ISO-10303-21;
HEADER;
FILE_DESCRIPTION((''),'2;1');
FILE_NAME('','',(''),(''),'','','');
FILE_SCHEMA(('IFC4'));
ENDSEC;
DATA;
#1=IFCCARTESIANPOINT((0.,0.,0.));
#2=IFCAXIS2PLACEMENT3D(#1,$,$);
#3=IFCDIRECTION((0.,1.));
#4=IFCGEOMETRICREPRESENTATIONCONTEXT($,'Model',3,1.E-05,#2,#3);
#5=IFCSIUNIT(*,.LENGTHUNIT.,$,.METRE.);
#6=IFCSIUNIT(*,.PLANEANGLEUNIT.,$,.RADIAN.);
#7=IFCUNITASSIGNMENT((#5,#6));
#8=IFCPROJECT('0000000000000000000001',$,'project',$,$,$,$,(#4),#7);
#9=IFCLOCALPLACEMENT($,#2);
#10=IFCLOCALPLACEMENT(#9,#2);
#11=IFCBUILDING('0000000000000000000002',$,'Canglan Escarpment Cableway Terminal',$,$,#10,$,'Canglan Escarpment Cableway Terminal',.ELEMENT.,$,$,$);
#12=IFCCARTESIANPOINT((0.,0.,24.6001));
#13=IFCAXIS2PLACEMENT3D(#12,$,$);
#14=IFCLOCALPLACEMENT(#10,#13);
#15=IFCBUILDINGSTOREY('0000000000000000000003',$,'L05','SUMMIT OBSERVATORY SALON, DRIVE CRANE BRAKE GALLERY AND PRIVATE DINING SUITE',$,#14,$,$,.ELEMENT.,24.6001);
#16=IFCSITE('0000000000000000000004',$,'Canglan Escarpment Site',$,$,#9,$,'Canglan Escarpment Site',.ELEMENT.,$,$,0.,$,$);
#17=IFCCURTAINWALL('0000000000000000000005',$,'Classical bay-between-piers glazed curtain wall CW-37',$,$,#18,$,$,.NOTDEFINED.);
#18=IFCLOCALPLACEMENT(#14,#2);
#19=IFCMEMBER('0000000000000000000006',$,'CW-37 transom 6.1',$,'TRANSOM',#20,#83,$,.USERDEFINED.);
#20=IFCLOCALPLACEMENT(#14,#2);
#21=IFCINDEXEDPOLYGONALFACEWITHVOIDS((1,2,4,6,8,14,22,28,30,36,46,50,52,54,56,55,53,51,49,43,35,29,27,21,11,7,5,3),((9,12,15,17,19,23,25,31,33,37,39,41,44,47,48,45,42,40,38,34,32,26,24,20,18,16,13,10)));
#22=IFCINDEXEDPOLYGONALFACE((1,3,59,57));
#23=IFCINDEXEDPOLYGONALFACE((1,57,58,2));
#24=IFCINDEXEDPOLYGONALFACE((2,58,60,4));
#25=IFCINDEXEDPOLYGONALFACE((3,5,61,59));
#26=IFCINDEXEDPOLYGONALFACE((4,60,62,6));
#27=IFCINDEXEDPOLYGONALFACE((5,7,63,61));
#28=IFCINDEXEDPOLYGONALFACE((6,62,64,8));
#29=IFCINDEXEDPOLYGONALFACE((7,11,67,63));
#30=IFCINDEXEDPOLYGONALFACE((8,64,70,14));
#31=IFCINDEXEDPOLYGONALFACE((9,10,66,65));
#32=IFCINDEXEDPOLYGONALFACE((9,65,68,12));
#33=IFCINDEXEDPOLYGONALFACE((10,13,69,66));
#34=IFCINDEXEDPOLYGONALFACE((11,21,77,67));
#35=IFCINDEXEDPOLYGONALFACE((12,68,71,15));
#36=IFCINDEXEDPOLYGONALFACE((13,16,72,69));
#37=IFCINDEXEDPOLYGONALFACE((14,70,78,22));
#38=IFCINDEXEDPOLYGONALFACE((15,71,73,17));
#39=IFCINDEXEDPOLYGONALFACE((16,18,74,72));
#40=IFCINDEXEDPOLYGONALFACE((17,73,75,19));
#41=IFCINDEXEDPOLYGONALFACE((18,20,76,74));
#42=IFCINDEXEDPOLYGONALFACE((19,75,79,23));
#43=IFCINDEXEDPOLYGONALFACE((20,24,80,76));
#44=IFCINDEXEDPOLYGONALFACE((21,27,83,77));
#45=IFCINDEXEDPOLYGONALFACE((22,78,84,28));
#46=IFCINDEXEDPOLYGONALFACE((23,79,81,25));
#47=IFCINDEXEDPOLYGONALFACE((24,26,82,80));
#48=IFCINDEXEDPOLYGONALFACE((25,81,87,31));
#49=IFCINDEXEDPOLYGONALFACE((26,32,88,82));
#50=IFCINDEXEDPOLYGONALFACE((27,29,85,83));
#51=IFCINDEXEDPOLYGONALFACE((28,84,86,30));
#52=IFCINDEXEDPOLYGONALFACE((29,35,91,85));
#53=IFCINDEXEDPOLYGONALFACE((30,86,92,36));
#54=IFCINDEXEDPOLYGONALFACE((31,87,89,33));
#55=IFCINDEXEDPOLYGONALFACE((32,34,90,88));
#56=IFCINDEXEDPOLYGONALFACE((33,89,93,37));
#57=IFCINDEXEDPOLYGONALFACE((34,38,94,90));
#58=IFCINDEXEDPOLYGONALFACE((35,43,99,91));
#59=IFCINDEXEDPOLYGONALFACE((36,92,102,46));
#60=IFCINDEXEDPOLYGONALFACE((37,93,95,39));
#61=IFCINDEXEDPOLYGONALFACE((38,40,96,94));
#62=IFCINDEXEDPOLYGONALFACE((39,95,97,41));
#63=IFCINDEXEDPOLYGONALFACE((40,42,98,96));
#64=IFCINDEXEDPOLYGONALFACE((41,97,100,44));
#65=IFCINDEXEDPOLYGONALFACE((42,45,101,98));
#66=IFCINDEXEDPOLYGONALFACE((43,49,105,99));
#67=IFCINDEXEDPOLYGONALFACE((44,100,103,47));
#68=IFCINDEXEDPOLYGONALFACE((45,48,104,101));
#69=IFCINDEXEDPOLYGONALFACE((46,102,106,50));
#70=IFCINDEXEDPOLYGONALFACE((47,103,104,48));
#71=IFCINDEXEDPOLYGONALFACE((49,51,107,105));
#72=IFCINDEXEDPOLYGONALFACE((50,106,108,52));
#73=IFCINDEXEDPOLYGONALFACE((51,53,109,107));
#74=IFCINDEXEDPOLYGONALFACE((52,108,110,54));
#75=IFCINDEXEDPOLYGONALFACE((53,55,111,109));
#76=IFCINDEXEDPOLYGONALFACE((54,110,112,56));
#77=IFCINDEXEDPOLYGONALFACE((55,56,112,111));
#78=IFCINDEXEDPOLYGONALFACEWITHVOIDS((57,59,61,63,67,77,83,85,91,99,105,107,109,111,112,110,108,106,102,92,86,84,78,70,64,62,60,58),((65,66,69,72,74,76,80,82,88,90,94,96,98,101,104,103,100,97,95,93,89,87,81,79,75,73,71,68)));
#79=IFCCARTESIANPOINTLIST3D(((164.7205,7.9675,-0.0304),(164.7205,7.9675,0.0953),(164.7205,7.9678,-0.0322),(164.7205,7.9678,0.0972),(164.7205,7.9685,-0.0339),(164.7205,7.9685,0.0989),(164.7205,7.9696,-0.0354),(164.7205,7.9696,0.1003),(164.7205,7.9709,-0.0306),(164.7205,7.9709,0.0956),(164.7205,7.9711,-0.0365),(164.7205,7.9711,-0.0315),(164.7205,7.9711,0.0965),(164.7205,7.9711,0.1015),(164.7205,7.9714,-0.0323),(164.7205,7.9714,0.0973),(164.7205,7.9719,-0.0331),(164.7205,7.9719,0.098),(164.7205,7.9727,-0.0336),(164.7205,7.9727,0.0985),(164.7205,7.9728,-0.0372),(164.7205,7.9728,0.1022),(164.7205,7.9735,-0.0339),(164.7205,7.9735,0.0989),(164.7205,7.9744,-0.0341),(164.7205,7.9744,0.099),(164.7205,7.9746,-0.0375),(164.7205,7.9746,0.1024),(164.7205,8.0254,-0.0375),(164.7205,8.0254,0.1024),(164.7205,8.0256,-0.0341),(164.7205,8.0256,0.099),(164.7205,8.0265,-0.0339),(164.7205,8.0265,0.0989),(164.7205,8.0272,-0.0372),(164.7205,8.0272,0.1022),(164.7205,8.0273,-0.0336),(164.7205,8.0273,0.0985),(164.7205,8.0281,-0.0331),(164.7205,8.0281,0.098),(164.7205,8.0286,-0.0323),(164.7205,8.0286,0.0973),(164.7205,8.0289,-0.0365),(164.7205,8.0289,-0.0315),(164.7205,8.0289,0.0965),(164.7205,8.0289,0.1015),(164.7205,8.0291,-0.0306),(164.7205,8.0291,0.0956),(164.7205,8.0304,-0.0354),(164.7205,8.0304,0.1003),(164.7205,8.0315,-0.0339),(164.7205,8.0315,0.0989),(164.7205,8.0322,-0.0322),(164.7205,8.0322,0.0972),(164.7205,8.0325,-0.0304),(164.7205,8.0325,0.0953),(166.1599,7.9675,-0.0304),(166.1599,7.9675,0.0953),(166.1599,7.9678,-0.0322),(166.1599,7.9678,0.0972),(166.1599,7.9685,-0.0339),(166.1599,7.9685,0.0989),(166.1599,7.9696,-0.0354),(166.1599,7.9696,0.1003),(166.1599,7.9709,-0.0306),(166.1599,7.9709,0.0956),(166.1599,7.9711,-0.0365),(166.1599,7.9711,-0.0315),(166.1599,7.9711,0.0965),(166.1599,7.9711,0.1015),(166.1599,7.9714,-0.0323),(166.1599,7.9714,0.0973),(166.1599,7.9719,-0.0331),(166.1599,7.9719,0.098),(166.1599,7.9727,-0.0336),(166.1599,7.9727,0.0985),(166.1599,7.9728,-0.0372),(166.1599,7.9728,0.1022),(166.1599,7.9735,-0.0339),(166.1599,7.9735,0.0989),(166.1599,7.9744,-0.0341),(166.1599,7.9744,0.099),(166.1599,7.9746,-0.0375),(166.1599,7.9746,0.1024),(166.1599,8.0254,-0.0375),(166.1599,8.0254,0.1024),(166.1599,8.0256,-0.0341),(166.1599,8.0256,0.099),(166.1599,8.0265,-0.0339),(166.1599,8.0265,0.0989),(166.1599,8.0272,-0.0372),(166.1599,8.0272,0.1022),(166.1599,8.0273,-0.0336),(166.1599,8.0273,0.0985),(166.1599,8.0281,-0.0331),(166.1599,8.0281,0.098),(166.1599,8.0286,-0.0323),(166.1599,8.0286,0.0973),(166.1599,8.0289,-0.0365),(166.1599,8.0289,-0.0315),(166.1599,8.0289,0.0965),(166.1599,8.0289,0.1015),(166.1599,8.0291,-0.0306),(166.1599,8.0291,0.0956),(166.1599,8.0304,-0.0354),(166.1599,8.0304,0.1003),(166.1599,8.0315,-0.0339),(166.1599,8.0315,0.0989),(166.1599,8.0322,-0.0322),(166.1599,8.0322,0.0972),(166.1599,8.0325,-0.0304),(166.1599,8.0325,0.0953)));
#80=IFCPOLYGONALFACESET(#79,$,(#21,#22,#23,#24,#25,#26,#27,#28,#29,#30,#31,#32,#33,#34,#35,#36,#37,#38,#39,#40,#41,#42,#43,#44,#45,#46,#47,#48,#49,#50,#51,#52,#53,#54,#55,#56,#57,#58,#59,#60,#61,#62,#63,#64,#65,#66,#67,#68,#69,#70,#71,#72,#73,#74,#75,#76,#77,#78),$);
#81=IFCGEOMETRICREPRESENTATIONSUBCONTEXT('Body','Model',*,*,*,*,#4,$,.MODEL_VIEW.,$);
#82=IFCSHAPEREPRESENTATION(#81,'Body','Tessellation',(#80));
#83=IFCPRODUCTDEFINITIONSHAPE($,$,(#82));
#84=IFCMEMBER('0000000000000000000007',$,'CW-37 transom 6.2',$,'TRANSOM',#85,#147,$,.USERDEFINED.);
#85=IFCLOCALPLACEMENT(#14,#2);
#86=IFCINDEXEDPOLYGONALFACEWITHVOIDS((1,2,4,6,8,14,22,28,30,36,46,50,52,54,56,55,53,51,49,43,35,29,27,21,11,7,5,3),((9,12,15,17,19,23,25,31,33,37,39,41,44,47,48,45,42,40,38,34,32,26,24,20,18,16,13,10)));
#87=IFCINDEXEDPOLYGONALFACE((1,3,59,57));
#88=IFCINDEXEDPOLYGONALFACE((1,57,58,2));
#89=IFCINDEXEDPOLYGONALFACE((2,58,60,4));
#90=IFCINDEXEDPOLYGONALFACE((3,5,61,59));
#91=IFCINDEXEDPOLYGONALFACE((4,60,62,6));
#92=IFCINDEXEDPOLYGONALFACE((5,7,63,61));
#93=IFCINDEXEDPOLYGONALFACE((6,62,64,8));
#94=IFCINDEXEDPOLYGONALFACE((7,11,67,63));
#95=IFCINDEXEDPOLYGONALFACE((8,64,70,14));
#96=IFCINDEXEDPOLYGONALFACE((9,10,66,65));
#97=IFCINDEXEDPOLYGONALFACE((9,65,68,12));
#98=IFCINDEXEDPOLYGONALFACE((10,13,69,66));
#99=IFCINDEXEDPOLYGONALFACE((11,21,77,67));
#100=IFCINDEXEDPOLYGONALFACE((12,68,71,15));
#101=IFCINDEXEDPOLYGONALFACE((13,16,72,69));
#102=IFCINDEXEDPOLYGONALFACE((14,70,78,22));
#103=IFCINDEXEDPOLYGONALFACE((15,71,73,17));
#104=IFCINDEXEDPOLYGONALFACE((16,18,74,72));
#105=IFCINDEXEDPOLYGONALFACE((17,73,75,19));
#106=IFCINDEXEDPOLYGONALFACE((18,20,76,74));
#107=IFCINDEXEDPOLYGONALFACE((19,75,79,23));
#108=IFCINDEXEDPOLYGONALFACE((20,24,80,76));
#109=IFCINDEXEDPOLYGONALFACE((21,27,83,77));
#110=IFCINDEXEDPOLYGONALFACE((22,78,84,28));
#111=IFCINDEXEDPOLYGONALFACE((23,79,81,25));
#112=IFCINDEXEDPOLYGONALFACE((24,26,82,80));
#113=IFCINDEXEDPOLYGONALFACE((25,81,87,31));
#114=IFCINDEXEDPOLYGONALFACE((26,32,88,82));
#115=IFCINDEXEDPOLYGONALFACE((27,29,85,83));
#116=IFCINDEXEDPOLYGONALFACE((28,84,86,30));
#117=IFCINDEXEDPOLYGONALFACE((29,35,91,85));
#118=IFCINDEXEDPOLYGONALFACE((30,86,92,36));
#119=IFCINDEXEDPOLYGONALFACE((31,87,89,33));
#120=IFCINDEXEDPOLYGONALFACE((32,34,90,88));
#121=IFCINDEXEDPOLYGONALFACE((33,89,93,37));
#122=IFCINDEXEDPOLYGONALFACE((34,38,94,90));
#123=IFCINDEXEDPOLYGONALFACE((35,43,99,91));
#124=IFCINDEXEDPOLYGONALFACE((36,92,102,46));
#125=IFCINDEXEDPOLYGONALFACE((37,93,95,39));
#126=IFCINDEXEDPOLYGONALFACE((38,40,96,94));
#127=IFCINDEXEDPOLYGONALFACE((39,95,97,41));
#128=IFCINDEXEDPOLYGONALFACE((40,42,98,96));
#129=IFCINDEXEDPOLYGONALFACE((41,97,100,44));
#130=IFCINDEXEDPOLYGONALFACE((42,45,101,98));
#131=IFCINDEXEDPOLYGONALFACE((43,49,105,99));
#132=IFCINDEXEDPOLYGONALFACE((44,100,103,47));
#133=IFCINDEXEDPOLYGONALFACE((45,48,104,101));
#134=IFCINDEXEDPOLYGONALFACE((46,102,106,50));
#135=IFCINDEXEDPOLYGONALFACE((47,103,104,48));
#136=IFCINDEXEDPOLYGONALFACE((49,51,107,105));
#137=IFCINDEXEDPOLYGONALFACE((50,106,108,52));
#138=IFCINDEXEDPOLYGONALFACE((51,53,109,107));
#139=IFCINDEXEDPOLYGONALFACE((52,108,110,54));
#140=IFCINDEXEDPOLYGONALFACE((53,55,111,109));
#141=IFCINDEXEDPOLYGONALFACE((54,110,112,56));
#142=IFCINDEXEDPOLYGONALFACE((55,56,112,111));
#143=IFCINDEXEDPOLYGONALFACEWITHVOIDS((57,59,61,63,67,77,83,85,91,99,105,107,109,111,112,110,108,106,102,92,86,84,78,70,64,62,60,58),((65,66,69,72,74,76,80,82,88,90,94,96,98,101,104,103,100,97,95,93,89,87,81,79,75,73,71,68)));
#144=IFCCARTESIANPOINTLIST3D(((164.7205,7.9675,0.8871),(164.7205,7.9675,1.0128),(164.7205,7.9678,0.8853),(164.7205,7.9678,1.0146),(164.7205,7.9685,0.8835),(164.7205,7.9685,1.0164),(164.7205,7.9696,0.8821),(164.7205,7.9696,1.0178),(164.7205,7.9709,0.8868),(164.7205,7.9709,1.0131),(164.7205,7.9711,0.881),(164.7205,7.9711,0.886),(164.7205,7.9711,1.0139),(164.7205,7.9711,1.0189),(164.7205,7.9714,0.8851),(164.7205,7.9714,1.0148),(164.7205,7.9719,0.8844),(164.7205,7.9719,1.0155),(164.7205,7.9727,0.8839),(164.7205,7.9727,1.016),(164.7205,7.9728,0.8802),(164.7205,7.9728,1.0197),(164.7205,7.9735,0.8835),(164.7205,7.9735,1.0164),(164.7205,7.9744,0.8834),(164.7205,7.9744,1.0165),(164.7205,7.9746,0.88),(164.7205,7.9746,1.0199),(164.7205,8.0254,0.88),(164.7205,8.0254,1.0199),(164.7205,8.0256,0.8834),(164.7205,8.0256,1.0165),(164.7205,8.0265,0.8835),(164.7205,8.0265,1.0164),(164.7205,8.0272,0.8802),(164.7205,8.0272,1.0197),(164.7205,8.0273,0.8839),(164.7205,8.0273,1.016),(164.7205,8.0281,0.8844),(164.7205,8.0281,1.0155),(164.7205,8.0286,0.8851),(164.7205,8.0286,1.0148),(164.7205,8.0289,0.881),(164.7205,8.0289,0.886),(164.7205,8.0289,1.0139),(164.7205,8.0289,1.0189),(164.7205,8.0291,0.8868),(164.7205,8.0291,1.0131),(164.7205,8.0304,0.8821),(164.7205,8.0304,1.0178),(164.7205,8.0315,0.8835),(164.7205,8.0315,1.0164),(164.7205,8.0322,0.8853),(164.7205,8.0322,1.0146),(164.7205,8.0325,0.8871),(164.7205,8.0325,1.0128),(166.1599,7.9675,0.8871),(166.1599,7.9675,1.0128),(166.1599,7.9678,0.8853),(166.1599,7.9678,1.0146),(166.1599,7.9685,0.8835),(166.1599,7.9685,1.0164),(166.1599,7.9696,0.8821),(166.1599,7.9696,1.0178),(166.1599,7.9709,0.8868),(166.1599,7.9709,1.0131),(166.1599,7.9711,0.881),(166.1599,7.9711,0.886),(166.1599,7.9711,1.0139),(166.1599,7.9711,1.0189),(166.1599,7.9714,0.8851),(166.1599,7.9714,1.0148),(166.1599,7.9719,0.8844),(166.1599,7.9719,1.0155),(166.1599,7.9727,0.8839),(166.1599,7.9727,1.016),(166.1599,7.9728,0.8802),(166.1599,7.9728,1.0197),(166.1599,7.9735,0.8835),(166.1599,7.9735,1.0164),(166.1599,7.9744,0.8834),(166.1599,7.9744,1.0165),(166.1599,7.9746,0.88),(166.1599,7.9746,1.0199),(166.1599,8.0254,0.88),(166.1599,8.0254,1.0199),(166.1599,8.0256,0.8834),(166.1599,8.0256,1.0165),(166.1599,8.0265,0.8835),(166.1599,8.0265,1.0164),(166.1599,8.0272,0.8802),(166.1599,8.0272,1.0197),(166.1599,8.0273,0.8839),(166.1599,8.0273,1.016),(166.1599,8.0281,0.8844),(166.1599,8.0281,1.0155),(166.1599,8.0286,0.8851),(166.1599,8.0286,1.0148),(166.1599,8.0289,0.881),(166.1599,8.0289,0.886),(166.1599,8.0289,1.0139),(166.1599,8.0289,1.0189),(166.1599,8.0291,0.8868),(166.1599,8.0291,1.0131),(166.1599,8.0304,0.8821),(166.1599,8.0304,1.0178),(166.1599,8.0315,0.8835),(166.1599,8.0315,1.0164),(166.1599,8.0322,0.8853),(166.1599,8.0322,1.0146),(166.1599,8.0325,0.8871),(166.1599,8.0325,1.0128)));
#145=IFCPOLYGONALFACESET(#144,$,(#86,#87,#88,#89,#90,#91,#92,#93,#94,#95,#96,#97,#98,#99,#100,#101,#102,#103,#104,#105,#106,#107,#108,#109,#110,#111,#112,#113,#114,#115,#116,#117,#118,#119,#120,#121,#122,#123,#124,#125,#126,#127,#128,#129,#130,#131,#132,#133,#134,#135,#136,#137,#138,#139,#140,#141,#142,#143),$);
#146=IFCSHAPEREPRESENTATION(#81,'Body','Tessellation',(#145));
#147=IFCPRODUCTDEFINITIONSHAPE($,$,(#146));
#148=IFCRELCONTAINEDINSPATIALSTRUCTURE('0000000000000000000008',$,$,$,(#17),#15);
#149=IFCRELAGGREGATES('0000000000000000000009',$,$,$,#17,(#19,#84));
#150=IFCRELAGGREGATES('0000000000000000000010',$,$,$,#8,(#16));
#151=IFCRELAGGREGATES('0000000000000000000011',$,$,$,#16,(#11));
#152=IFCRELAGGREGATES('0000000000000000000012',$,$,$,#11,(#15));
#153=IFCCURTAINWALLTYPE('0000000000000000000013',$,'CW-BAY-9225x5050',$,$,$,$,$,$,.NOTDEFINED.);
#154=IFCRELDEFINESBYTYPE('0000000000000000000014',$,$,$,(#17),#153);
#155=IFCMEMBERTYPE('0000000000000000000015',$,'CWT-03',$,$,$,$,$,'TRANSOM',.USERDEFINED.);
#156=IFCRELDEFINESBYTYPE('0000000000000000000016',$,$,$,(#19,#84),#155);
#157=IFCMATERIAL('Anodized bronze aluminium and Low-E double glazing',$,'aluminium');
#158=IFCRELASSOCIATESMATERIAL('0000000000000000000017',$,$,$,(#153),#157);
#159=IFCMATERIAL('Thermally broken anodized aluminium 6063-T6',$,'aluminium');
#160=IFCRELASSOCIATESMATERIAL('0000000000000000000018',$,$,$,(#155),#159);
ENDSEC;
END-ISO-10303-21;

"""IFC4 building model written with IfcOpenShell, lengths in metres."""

from ifc_helpers import new_model, si_unit, direction, frame, origin, origin_2d, place, context, subcontext, project, spatial, hollow_rectangle, extrude, material, material_profile, profile_set, type_object, element, aggregate, save


model = new_model("IFC4")

# Units and contexts
model_context = context("Model", 3, precision=1e-05, world=origin(), true_north=direction((0.0, 1.0)))
body_context = subcontext(model_context, "Body", "Model", "MODEL_VIEW")
ifc_project = project(units=[si_unit("LENGTHUNIT", "METRE"), si_unit("PLANEANGLEUNIT", "RADIAN")], contexts=[model_context])

# Site, building, storey
site_placement = place(None, origin())
site = spatial("IfcSite", under=ifc_project, at=site_placement, Name="Canglan Escarpment Site", LongName="Canglan Escarpment Site", CompositionType="ELEMENT", RefElevation=0.0)
building_placement = place(site_placement, origin())
building = spatial("IfcBuilding", under=site, at=building_placement, Name="Canglan Escarpment Cableway Terminal", LongName="Canglan Escarpment Cableway Terminal", CompositionType="ELEMENT")
storey_placement = place(building_placement, frame((0.0, 0.0, 24.6001)))
storey = spatial("IfcBuildingStorey", under=building, at=storey_placement, Name="L05", Description="SUMMIT OBSERVATORY SALON, DRIVE CRANE BRAKE GALLERY AND PRIVATE DINING SUITE", CompositionType="ELEMENT", Elevation=24.6001)

# Curtain wall, members
ifc_material_1 = material(Name="Anodized bronze aluminium and Low-E double glazing", Category="aluminium")
curtain_wall_type = type_object("IfcCurtainWallType", Name="CW-BAY-9225x5050", PredefinedType="NOTDEFINED", material=ifc_material_1)
curtain_wall_placement = place(storey_placement, origin())
curtain_wall = element("IfcCurtainWall", 1, at=curtain_wall_placement, inside=storey, type_object=curtain_wall_type, Name="Classical bay-between-piers glazed curtain wall CW-37", PredefinedType="NOTDEFINED")
ifc_material_2 = material(Name="Thermally broken anodized aluminium 6063-T6", Category="aluminium")
ifc_material_profile_1 = material_profile(ifc_material_2, hollow_rectangle(XDim=0.0649, YDim=0.1399, WallThickness=0.0034, InnerFilletRadius=0.0034, OuterFilletRadius=0.0071, at=origin_2d()), Name="ALU-TRAN 65x140x3.5")
ifc_profile_set_1 = profile_set([ifc_material_profile_1], Name="Thermally broken anodized aluminium 6063-T6")
member_type_1 = type_object("IfcMemberType", Name="CWT-03", ElementType="TRANSOM", PredefinedType="USERDEFINED", material=ifc_profile_set_1)
member_1_placement = place(storey_placement, frame((164.7205, 8.0, 0.0325), z_axis=(1.0, 0.0, 0.0), x_axis=(0.0, 1.0, 0.0)))
member_1 = element("IfcMember", 2, at=member_1_placement, type_object=member_type_1, Name="CW-37 transom 6.1", ObjectType="TRANSOM", PredefinedType="USERDEFINED", context=body_context, shape_type="SweptSolid", body=[
    extrude(hollow_rectangle(XDim=0.0649, YDim=0.1399, WallThickness=0.0034, InnerFilletRadius=0.0034, OuterFilletRadius=0.0071, at=origin_2d()), origin(), (0.0, 0.0, 1.0), 1.4395),
])
member_2_placement = place(storey_placement, frame((164.7205, 8.0, 0.95), z_axis=(1.0, 0.0, 0.0), x_axis=(0.0, 1.0, 0.0)))
member_2 = element("IfcMember", 3, at=member_2_placement, type_object=member_type_1, Name="CW-37 transom 6.2", ObjectType="TRANSOM", PredefinedType="USERDEFINED", context=body_context, shape_type="SweptSolid", body=[
    extrude(hollow_rectangle(XDim=0.0649, YDim=0.1399, WallThickness=0.0034, InnerFilletRadius=0.0034, OuterFilletRadius=0.0071, at=origin_2d()), origin(), (0.0, 0.0, 1.0), 1.4395),
])

aggregate(curtain_wall, [member_1, member_2])

save(model, "model.ifc")
